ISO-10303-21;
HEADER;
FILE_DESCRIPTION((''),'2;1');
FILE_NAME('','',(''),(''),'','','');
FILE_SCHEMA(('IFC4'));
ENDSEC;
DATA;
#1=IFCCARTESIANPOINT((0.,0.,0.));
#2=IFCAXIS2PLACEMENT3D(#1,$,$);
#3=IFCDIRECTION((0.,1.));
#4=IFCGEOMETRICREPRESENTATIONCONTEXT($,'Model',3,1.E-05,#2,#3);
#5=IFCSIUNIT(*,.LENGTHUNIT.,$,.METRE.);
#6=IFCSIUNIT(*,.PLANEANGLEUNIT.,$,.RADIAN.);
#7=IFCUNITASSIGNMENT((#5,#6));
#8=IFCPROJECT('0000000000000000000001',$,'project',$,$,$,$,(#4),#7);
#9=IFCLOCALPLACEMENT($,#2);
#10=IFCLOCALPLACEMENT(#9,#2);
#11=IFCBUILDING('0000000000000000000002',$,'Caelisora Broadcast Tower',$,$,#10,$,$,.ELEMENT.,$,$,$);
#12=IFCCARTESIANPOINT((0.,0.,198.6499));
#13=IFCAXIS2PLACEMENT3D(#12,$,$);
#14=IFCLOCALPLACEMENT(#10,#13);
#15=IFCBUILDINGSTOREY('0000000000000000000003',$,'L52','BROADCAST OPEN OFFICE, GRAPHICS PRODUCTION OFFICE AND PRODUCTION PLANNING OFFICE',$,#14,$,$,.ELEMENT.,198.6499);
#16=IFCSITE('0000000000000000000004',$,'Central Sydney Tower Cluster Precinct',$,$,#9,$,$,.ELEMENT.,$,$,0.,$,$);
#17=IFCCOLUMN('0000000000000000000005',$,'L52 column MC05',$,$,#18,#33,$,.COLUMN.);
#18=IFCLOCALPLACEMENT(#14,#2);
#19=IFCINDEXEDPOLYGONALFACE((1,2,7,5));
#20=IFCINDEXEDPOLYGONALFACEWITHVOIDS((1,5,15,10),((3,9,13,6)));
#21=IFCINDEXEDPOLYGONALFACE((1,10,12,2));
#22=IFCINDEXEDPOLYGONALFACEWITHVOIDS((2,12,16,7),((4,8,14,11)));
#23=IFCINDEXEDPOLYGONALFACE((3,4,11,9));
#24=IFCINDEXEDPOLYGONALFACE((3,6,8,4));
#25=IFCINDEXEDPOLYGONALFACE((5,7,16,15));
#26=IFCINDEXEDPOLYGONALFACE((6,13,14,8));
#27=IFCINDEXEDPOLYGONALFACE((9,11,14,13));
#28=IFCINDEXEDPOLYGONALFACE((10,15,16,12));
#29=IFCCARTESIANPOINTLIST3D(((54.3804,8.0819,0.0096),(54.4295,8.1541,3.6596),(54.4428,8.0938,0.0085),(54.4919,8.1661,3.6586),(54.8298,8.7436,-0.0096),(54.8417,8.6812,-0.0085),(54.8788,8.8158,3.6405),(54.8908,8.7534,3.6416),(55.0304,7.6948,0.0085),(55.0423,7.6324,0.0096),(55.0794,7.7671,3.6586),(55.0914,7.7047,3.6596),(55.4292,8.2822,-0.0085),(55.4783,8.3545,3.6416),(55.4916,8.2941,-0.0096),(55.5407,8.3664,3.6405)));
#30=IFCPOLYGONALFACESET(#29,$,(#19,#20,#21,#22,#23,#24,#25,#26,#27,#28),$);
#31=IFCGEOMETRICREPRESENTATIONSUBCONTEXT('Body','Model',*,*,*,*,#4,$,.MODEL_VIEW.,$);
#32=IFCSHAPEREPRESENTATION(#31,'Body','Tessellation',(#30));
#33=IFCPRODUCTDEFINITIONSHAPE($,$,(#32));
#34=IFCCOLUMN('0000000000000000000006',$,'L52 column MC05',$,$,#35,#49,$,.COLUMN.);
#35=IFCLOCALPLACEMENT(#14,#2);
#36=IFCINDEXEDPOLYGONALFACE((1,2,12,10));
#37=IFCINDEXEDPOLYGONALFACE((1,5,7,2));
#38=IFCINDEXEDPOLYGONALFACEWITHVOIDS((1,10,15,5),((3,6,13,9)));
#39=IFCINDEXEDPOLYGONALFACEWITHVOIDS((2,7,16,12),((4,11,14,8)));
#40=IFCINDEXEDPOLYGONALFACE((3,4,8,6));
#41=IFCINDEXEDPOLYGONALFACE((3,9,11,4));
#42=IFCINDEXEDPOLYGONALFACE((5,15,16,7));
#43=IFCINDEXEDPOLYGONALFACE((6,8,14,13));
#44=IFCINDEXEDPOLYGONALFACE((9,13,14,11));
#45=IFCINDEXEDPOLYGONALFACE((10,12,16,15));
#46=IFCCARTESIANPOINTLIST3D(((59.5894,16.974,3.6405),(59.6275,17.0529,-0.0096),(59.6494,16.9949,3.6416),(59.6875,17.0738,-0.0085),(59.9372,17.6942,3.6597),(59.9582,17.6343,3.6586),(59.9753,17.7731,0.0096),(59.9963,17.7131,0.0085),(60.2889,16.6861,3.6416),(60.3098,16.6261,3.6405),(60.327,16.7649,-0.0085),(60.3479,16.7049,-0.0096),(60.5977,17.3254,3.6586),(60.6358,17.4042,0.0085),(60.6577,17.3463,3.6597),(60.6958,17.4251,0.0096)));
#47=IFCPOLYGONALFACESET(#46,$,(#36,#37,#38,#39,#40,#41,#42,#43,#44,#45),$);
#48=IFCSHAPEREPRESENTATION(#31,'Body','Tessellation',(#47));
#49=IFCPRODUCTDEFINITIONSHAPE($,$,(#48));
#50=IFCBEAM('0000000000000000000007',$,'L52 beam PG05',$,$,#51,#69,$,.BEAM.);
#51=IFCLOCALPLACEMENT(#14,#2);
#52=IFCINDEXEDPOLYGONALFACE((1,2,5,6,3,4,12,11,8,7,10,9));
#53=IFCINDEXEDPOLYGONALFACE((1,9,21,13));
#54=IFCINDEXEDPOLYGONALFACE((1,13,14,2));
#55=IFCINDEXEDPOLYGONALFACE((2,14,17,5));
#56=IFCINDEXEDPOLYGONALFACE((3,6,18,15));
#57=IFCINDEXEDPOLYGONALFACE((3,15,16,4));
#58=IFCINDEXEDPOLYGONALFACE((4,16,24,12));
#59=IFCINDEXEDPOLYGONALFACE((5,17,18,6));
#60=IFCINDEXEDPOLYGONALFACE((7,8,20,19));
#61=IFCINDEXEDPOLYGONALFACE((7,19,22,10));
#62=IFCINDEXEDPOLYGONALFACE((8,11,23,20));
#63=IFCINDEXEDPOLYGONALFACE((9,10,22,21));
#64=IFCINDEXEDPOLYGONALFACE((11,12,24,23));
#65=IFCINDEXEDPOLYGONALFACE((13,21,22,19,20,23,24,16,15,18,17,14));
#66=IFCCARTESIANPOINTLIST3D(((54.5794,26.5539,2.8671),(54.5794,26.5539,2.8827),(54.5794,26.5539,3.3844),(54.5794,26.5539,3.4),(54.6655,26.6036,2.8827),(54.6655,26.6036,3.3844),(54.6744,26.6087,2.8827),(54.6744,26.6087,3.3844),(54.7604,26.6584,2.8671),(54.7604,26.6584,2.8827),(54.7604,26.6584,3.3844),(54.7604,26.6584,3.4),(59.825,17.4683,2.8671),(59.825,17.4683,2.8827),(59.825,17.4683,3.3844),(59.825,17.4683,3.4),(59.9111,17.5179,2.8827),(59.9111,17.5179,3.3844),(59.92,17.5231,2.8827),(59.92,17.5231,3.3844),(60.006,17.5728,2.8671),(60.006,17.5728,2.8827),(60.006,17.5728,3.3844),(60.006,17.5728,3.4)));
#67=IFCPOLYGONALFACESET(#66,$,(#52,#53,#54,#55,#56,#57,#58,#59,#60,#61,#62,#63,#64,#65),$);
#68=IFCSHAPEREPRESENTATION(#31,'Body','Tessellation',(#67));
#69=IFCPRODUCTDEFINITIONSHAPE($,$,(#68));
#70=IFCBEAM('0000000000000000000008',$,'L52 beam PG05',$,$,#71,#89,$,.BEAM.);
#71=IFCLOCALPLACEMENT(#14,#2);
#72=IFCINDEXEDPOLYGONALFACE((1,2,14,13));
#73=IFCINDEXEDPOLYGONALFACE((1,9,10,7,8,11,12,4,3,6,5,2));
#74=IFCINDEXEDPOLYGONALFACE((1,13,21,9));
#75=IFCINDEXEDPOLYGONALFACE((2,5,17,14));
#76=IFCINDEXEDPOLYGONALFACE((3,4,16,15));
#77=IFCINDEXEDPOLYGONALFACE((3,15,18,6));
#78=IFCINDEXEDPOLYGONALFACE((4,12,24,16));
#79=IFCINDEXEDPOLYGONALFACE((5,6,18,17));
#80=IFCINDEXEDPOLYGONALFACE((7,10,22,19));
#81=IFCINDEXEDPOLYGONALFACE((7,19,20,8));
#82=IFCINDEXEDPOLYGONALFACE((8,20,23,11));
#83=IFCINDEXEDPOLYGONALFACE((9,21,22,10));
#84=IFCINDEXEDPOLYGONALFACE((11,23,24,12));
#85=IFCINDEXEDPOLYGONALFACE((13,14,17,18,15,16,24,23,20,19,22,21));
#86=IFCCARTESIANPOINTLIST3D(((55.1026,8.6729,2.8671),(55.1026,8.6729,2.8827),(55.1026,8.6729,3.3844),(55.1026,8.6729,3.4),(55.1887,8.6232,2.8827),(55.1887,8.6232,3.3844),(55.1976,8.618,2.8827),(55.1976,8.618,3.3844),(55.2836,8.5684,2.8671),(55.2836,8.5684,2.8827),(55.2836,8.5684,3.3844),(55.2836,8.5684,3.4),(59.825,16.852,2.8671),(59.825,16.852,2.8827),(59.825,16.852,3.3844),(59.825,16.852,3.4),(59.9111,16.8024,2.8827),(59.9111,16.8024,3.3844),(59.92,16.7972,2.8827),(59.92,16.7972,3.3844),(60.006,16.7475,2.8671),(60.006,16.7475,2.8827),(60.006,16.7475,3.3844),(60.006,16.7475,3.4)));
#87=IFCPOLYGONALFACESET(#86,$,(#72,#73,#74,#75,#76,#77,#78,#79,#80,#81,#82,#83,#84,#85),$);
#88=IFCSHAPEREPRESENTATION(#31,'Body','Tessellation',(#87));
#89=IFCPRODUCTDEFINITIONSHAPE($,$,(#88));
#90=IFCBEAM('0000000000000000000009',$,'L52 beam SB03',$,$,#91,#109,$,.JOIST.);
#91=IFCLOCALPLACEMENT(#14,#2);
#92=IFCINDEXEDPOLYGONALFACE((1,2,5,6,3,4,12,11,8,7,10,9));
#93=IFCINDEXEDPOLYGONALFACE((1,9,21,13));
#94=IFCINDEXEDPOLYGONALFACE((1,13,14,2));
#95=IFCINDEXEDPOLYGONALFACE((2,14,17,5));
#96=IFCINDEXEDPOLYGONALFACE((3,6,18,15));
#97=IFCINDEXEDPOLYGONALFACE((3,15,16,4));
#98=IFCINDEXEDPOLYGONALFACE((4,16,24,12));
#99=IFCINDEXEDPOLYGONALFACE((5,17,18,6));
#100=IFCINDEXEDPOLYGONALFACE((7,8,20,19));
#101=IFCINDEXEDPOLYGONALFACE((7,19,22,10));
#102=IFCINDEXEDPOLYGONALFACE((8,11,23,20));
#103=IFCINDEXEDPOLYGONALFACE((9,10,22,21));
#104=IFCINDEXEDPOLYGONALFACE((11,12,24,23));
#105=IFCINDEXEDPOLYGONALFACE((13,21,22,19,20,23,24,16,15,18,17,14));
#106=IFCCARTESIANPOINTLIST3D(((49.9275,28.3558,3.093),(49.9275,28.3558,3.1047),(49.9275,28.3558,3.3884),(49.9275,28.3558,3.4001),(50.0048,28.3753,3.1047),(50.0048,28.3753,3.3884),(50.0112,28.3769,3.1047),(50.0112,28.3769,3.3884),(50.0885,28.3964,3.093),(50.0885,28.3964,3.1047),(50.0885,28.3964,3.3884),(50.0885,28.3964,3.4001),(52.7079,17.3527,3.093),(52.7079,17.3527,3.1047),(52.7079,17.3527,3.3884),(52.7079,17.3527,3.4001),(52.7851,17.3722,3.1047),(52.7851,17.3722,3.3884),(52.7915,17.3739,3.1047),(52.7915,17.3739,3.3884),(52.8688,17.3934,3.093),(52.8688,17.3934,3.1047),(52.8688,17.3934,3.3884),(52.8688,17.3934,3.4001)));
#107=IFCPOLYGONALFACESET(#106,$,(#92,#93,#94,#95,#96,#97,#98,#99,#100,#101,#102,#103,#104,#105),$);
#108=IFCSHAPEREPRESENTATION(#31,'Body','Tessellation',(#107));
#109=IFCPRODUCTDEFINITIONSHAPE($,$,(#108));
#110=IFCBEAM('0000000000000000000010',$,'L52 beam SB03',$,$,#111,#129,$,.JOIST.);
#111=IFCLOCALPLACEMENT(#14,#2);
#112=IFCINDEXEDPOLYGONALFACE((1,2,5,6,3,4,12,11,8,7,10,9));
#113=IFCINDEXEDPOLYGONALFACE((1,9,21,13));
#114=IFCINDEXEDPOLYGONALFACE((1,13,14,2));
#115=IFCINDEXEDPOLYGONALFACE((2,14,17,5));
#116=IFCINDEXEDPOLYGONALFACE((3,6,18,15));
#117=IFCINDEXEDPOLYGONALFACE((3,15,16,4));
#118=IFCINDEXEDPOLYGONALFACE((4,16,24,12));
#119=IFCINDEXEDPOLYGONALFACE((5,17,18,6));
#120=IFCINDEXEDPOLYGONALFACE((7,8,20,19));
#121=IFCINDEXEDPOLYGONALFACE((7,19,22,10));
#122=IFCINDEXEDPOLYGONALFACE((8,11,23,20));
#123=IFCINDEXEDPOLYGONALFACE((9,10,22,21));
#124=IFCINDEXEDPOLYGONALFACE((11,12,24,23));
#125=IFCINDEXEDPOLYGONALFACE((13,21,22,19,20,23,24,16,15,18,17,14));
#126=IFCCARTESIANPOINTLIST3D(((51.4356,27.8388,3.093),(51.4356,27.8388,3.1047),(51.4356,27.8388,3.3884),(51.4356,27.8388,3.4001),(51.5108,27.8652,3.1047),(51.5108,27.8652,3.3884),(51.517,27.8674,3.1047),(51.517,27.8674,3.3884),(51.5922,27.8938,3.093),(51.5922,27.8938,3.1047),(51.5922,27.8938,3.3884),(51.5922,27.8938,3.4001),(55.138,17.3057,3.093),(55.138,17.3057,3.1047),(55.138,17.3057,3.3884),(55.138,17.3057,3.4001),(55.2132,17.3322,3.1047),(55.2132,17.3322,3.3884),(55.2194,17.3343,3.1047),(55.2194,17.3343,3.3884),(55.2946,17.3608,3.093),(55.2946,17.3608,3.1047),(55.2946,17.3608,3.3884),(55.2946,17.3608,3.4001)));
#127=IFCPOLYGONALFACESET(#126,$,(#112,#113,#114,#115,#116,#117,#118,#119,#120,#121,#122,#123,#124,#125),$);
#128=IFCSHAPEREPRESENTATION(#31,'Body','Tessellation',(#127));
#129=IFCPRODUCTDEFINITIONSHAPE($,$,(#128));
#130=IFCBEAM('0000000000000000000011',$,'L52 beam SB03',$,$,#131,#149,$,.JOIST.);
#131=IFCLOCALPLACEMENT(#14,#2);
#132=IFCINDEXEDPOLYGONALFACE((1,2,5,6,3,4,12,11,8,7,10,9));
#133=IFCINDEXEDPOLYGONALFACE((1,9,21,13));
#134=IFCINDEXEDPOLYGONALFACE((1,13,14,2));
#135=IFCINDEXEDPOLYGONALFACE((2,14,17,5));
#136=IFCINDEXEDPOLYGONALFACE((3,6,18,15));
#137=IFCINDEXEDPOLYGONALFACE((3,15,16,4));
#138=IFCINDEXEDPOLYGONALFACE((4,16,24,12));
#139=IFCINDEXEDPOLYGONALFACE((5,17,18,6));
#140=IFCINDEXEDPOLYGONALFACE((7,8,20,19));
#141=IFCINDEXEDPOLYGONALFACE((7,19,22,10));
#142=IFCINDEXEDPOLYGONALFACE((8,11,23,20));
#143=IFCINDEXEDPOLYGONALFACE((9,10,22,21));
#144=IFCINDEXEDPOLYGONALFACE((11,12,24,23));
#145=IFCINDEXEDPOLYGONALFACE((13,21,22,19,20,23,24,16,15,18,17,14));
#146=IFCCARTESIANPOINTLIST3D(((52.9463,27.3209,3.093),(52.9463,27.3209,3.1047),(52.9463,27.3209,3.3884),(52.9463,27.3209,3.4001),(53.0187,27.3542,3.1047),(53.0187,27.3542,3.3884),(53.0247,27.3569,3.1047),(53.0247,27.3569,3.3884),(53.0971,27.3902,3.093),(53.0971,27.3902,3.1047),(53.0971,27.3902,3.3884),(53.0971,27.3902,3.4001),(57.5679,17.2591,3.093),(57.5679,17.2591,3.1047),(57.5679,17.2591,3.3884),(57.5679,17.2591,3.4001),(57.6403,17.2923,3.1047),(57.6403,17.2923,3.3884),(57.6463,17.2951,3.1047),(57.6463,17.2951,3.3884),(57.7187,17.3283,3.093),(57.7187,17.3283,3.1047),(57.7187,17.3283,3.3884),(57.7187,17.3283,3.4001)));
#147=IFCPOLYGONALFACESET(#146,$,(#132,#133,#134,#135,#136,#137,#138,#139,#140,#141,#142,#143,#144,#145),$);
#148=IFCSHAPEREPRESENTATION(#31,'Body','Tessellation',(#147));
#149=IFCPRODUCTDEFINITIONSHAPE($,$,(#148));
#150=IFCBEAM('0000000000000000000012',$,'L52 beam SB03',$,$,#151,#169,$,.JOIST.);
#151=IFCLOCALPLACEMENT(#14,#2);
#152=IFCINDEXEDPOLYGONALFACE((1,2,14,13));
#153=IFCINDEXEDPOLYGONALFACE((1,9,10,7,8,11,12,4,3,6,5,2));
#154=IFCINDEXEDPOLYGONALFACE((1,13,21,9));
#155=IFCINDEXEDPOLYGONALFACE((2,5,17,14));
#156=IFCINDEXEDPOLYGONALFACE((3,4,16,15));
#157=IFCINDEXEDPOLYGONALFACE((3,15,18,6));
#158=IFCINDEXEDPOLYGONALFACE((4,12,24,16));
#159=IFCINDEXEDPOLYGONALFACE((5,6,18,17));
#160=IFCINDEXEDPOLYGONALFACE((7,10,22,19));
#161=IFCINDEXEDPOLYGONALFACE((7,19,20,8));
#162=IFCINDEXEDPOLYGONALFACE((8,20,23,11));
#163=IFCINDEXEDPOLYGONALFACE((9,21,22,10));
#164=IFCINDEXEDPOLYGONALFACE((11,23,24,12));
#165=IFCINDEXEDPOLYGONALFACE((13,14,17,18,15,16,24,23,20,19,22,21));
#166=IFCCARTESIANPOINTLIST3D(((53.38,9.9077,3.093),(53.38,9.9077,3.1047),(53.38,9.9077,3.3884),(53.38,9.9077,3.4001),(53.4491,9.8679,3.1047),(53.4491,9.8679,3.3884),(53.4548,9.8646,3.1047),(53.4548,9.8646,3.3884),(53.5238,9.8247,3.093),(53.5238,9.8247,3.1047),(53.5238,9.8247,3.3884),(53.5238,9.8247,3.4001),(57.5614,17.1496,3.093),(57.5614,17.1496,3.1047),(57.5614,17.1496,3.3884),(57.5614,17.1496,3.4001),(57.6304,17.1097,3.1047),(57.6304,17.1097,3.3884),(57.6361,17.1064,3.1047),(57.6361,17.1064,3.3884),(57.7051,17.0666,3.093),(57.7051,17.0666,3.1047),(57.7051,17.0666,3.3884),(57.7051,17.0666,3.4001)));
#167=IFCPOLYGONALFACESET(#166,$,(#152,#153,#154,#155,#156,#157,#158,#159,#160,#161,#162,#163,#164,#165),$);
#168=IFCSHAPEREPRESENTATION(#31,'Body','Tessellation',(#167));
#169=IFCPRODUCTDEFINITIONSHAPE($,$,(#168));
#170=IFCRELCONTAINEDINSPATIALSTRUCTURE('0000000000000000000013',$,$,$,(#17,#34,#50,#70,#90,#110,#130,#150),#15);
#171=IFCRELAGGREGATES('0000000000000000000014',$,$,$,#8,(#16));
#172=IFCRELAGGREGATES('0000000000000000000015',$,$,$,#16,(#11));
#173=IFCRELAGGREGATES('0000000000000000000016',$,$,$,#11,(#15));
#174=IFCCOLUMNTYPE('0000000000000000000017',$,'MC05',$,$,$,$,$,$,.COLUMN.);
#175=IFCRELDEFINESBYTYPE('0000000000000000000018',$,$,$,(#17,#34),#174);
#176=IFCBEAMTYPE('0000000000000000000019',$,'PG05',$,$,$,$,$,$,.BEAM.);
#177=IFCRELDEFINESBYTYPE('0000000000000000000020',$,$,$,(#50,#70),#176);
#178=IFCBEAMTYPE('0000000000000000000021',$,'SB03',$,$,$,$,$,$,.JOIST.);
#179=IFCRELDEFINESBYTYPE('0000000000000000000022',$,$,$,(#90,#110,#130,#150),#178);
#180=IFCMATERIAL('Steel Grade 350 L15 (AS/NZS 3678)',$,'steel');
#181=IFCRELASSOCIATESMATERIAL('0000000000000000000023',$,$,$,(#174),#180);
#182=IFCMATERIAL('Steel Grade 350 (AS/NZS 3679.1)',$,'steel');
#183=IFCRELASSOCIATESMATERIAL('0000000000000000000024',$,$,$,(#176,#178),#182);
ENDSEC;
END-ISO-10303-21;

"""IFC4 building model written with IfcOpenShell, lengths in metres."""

from ifc_helpers import new_model, si_unit, direction, frame, origin, origin_2d, place, context, subcontext, project, spatial, hollow_rectangle, i_section, extrude, source, transform, mapped, material, material_profile, profile_set, type_object, type_shapes, element, save


model = new_model("IFC4")

# Units and contexts
model_context = context("Model", 3, precision=1e-05, world=origin(), true_north=direction((0.0, 1.0)))
body_context = subcontext(model_context, "Body", "Model", "MODEL_VIEW")
ifc_project = project(units=[si_unit("LENGTHUNIT", "METRE"), si_unit("PLANEANGLEUNIT", "RADIAN")], contexts=[model_context])

# Site, building, storey
site_placement = place(None, origin())
site = spatial("IfcSite", under=ifc_project, at=site_placement, Name="Central Sydney Tower Cluster Precinct", CompositionType="ELEMENT", RefElevation=0.0)
building_placement = place(site_placement, origin())
building = spatial("IfcBuilding", under=site, at=building_placement, Name="Caelisora Broadcast Tower", CompositionType="ELEMENT")
storey_placement = place(building_placement, frame((0.0, 0.0, 198.6499)))
storey = spatial("IfcBuildingStorey", under=building, at=storey_placement, Name="L52", Description="BROADCAST OPEN OFFICE, GRAPHICS PRODUCTION OFFICE AND PRODUCTION PLANNING OFFICE", CompositionType="ELEMENT", Elevation=198.6499)

# Columns
ifc_material_1 = material(Name="Steel Grade 350 L15 (AS/NZS 3678)", Category="steel")
ifc_material_profile_1 = material_profile(ifc_material_1, hollow_rectangle(XDim=0.8, YDim=0.8, WallThickness=0.0449, at=origin_2d()), Name="Steel Grade 350 L15 (AS/NZS 3678)")
ifc_profile_set_1 = profile_set([ifc_material_profile_1], Name="Steel Grade 350 L15 (AS/NZS 3678)")
column_type = type_object("IfcColumnType", Name="MC05", PredefinedType="COLUMN", material=ifc_profile_set_1)
shared_shape_1 = source(origin(), body_context, "Body", "SweptSolid", [
    extrude(hollow_rectangle(XDim=0.8, YDim=0.8, WallThickness=0.0449, at=origin_2d()), origin(), (0.0, 0.0, 1.0), 3.6511),
])
type_shapes(column_type, [shared_shape_1])
for number, where, z_axis, x_axis, name in (
    (1, (54.936, 8.188, 0.0), (0.01344, 0.019792, 0.999714), (-0.82729, 0.561775, 0.0), "L52 column MC05"),
    (2, (60.1616, 17.239, 0.0), (-0.010431, -0.021598, 0.999712), (0.900476, -0.434905, 0.0), "L52 column MC05"),
):
    element("IfcColumn", number, at=place(storey_placement, frame(where, z_axis=z_axis, x_axis=x_axis)), inside=storey, type_object=column_type, Name=name, PredefinedType="COLUMN", context=body_context, shape_type="MappedRepresentation", body=[
        mapped(shared_shape_1, transform((0.0, 0.0, 0.0), scale=1.0)),
    ])

# Beams
ifc_material_2 = material(Name="Steel Grade 350 (AS/NZS 3679.1)", Category="steel")
ifc_material_profile_2 = material_profile(ifc_material_2, i_section(OverallWidth=0.209, OverallDepth=0.533, WebThickness=0.0103, FlangeThickness=0.0156, at=origin_2d()), Name="Steel Grade 350 (AS/NZS 3679.1)")
ifc_profile_set_2 = profile_set([ifc_material_profile_2], Name="Steel Grade 350 (AS/NZS 3679.1)")
beam_type_1 = type_object("IfcBeamType", Name="PG05", PredefinedType="BEAM", material=ifc_profile_set_2)
shared_shape_2 = source(origin(), body_context, "Body", "SweptSolid", [
    extrude(i_section(OverallWidth=0.209, OverallDepth=0.533, WebThickness=0.0103, FlangeThickness=0.0156, at=origin_2d()), origin(), (0.0, 0.0, 1.0), 10.4912),
])
beam_1_placement = place(storey_placement, frame((59.9155, 17.5205, 3.1335), z_axis=(-0.499998, 0.866026, 0.0), x_axis=(-0.866026, -0.499998, 0.0)))
element("IfcBeam", 3, at=beam_1_placement, inside=storey, type_object=beam_type_1, Name="L52 beam PG05", PredefinedType="BEAM", context=body_context, shape_type="MappedRepresentation", body=[
    mapped(shared_shape_2, transform((0.0, 0.0, 0.0), scale=1.0)),
])
shared_shape_3 = source(origin(), body_context, "Body", "SweptSolid", [
    extrude(i_section(OverallWidth=0.209, OverallDepth=0.533, WebThickness=0.0103, FlangeThickness=0.0156, at=origin_2d()), origin(), (0.0, 0.0, 1.0), 9.4446),
])
type_shapes(beam_type_1, [shared_shape_2, shared_shape_3])
beam_2_placement = place(storey_placement, frame((55.1931, 8.6206, 3.1335), z_axis=(0.500012, 0.866019, 0.0), x_axis=(-0.866019, 0.500012, 0.0)))
element("IfcBeam", 4, at=beam_2_placement, inside=storey, type_object=beam_type_1, Name="L52 beam PG05", PredefinedType="BEAM", context=body_context, shape_type="MappedRepresentation", body=[
    mapped(shared_shape_3, transform((0.0, 0.0, 0.0), scale=1.0)),
])
ifc_material_profile_3 = material_profile(ifc_material_2, i_section(OverallWidth=0.166, OverallDepth=0.3071, WebThickness=0.0066, FlangeThickness=0.0117, at=origin_2d()), Name="Steel Grade 350 (AS/NZS 3679.1)")
ifc_profile_set_3 = profile_set([ifc_material_profile_3], Name="Steel Grade 350 (AS/NZS 3679.1)")
beam_type_2 = type_object("IfcBeamType", Name="SB03", PredefinedType="JOIST", material=ifc_profile_set_3)
shared_shape_4 = source(origin(), body_context, "Body", "SweptSolid", [
    extrude(i_section(OverallWidth=0.166, OverallDepth=0.3071, WebThickness=0.0066, FlangeThickness=0.0117, at=origin_2d()), origin(), (0.0, 0.0, 1.0), 11.3489),
])
beam_3_placement = place(storey_placement, frame((52.7883, 17.373, 3.2466), z_axis=(-0.244985, 0.969527, 0.0), x_axis=(-0.969527, -0.244985, 0.0)))
element("IfcBeam", 5, at=beam_3_placement, inside=storey, type_object=beam_type_2, Name="L52 beam SB03", PredefinedType="JOIST", context=body_context, shape_type="MappedRepresentation", body=[
    mapped(shared_shape_4, transform((0.0, 0.0, 0.0), scale=1.0)),
])
shared_shape_5 = source(origin(), body_context, "Body", "SweptSolid", [
    extrude(i_section(OverallWidth=0.166, OverallDepth=0.3071, WebThickness=0.0066, FlangeThickness=0.0117, at=origin_2d()), origin(), (0.0, 0.0, 1.0), 11.1648),
])
beam_4_placement = place(storey_placement, frame((55.2163, 17.3333, 3.2466), z_axis=(-0.331615, 0.943415, 0.0), x_axis=(-0.943415, -0.331615, 0.0)))
element("IfcBeam", 6, at=beam_4_placement, inside=storey, type_object=beam_type_2, Name="L52 beam SB03", PredefinedType="JOIST", context=body_context, shape_type="MappedRepresentation", body=[
    mapped(shared_shape_5, transform((0.0, 0.0, 0.0), scale=1.0)),
])
shared_shape_6 = source(origin(), body_context, "Body", "SweptSolid", [
    extrude(i_section(OverallWidth=0.166, OverallDepth=0.3071, WebThickness=0.0066, FlangeThickness=0.0117, at=origin_2d()), origin(), (0.0, 0.0, 1.0), 11.0725),
])
beam_5_placement = place(storey_placement, frame((57.6433, 17.2937, 3.2466), z_axis=(-0.417396, 0.908725, 0.0), x_axis=(-0.908725, -0.417396, 0.0)))
element("IfcBeam", 7, at=beam_5_placement, inside=storey, type_object=beam_type_2, Name="L52 beam SB03", PredefinedType="JOIST", context=body_context, shape_type="MappedRepresentation", body=[
    mapped(shared_shape_6, transform((0.0, 0.0, 0.0), scale=1.0)),
])
shared_shape_7 = source(origin(), body_context, "Body", "SweptSolid", [
    extrude(i_section(OverallWidth=0.166, OverallDepth=0.3071, WebThickness=0.0066, FlangeThickness=0.0117, at=origin_2d()), origin(), (0.0, 0.0, 1.0), 8.3623),
])
type_shapes(beam_type_2, [shared_shape_4, shared_shape_5, shared_shape_6, shared_shape_7])
beam_6_placement = place(storey_placement, frame((53.4519, 9.8662, 3.2466), z_axis=(0.500023, 0.866012, 0.0), x_axis=(-0.866012, 0.500023, 0.0)))
element("IfcBeam", 8, at=beam_6_placement, inside=storey, type_object=beam_type_2, Name="L52 beam SB03", PredefinedType="JOIST", context=body_context, shape_type="MappedRepresentation", body=[
    mapped(shared_shape_7, transform((0.0, 0.0, 0.0), scale=1.0)),
])

save(model, "model.ifc")
